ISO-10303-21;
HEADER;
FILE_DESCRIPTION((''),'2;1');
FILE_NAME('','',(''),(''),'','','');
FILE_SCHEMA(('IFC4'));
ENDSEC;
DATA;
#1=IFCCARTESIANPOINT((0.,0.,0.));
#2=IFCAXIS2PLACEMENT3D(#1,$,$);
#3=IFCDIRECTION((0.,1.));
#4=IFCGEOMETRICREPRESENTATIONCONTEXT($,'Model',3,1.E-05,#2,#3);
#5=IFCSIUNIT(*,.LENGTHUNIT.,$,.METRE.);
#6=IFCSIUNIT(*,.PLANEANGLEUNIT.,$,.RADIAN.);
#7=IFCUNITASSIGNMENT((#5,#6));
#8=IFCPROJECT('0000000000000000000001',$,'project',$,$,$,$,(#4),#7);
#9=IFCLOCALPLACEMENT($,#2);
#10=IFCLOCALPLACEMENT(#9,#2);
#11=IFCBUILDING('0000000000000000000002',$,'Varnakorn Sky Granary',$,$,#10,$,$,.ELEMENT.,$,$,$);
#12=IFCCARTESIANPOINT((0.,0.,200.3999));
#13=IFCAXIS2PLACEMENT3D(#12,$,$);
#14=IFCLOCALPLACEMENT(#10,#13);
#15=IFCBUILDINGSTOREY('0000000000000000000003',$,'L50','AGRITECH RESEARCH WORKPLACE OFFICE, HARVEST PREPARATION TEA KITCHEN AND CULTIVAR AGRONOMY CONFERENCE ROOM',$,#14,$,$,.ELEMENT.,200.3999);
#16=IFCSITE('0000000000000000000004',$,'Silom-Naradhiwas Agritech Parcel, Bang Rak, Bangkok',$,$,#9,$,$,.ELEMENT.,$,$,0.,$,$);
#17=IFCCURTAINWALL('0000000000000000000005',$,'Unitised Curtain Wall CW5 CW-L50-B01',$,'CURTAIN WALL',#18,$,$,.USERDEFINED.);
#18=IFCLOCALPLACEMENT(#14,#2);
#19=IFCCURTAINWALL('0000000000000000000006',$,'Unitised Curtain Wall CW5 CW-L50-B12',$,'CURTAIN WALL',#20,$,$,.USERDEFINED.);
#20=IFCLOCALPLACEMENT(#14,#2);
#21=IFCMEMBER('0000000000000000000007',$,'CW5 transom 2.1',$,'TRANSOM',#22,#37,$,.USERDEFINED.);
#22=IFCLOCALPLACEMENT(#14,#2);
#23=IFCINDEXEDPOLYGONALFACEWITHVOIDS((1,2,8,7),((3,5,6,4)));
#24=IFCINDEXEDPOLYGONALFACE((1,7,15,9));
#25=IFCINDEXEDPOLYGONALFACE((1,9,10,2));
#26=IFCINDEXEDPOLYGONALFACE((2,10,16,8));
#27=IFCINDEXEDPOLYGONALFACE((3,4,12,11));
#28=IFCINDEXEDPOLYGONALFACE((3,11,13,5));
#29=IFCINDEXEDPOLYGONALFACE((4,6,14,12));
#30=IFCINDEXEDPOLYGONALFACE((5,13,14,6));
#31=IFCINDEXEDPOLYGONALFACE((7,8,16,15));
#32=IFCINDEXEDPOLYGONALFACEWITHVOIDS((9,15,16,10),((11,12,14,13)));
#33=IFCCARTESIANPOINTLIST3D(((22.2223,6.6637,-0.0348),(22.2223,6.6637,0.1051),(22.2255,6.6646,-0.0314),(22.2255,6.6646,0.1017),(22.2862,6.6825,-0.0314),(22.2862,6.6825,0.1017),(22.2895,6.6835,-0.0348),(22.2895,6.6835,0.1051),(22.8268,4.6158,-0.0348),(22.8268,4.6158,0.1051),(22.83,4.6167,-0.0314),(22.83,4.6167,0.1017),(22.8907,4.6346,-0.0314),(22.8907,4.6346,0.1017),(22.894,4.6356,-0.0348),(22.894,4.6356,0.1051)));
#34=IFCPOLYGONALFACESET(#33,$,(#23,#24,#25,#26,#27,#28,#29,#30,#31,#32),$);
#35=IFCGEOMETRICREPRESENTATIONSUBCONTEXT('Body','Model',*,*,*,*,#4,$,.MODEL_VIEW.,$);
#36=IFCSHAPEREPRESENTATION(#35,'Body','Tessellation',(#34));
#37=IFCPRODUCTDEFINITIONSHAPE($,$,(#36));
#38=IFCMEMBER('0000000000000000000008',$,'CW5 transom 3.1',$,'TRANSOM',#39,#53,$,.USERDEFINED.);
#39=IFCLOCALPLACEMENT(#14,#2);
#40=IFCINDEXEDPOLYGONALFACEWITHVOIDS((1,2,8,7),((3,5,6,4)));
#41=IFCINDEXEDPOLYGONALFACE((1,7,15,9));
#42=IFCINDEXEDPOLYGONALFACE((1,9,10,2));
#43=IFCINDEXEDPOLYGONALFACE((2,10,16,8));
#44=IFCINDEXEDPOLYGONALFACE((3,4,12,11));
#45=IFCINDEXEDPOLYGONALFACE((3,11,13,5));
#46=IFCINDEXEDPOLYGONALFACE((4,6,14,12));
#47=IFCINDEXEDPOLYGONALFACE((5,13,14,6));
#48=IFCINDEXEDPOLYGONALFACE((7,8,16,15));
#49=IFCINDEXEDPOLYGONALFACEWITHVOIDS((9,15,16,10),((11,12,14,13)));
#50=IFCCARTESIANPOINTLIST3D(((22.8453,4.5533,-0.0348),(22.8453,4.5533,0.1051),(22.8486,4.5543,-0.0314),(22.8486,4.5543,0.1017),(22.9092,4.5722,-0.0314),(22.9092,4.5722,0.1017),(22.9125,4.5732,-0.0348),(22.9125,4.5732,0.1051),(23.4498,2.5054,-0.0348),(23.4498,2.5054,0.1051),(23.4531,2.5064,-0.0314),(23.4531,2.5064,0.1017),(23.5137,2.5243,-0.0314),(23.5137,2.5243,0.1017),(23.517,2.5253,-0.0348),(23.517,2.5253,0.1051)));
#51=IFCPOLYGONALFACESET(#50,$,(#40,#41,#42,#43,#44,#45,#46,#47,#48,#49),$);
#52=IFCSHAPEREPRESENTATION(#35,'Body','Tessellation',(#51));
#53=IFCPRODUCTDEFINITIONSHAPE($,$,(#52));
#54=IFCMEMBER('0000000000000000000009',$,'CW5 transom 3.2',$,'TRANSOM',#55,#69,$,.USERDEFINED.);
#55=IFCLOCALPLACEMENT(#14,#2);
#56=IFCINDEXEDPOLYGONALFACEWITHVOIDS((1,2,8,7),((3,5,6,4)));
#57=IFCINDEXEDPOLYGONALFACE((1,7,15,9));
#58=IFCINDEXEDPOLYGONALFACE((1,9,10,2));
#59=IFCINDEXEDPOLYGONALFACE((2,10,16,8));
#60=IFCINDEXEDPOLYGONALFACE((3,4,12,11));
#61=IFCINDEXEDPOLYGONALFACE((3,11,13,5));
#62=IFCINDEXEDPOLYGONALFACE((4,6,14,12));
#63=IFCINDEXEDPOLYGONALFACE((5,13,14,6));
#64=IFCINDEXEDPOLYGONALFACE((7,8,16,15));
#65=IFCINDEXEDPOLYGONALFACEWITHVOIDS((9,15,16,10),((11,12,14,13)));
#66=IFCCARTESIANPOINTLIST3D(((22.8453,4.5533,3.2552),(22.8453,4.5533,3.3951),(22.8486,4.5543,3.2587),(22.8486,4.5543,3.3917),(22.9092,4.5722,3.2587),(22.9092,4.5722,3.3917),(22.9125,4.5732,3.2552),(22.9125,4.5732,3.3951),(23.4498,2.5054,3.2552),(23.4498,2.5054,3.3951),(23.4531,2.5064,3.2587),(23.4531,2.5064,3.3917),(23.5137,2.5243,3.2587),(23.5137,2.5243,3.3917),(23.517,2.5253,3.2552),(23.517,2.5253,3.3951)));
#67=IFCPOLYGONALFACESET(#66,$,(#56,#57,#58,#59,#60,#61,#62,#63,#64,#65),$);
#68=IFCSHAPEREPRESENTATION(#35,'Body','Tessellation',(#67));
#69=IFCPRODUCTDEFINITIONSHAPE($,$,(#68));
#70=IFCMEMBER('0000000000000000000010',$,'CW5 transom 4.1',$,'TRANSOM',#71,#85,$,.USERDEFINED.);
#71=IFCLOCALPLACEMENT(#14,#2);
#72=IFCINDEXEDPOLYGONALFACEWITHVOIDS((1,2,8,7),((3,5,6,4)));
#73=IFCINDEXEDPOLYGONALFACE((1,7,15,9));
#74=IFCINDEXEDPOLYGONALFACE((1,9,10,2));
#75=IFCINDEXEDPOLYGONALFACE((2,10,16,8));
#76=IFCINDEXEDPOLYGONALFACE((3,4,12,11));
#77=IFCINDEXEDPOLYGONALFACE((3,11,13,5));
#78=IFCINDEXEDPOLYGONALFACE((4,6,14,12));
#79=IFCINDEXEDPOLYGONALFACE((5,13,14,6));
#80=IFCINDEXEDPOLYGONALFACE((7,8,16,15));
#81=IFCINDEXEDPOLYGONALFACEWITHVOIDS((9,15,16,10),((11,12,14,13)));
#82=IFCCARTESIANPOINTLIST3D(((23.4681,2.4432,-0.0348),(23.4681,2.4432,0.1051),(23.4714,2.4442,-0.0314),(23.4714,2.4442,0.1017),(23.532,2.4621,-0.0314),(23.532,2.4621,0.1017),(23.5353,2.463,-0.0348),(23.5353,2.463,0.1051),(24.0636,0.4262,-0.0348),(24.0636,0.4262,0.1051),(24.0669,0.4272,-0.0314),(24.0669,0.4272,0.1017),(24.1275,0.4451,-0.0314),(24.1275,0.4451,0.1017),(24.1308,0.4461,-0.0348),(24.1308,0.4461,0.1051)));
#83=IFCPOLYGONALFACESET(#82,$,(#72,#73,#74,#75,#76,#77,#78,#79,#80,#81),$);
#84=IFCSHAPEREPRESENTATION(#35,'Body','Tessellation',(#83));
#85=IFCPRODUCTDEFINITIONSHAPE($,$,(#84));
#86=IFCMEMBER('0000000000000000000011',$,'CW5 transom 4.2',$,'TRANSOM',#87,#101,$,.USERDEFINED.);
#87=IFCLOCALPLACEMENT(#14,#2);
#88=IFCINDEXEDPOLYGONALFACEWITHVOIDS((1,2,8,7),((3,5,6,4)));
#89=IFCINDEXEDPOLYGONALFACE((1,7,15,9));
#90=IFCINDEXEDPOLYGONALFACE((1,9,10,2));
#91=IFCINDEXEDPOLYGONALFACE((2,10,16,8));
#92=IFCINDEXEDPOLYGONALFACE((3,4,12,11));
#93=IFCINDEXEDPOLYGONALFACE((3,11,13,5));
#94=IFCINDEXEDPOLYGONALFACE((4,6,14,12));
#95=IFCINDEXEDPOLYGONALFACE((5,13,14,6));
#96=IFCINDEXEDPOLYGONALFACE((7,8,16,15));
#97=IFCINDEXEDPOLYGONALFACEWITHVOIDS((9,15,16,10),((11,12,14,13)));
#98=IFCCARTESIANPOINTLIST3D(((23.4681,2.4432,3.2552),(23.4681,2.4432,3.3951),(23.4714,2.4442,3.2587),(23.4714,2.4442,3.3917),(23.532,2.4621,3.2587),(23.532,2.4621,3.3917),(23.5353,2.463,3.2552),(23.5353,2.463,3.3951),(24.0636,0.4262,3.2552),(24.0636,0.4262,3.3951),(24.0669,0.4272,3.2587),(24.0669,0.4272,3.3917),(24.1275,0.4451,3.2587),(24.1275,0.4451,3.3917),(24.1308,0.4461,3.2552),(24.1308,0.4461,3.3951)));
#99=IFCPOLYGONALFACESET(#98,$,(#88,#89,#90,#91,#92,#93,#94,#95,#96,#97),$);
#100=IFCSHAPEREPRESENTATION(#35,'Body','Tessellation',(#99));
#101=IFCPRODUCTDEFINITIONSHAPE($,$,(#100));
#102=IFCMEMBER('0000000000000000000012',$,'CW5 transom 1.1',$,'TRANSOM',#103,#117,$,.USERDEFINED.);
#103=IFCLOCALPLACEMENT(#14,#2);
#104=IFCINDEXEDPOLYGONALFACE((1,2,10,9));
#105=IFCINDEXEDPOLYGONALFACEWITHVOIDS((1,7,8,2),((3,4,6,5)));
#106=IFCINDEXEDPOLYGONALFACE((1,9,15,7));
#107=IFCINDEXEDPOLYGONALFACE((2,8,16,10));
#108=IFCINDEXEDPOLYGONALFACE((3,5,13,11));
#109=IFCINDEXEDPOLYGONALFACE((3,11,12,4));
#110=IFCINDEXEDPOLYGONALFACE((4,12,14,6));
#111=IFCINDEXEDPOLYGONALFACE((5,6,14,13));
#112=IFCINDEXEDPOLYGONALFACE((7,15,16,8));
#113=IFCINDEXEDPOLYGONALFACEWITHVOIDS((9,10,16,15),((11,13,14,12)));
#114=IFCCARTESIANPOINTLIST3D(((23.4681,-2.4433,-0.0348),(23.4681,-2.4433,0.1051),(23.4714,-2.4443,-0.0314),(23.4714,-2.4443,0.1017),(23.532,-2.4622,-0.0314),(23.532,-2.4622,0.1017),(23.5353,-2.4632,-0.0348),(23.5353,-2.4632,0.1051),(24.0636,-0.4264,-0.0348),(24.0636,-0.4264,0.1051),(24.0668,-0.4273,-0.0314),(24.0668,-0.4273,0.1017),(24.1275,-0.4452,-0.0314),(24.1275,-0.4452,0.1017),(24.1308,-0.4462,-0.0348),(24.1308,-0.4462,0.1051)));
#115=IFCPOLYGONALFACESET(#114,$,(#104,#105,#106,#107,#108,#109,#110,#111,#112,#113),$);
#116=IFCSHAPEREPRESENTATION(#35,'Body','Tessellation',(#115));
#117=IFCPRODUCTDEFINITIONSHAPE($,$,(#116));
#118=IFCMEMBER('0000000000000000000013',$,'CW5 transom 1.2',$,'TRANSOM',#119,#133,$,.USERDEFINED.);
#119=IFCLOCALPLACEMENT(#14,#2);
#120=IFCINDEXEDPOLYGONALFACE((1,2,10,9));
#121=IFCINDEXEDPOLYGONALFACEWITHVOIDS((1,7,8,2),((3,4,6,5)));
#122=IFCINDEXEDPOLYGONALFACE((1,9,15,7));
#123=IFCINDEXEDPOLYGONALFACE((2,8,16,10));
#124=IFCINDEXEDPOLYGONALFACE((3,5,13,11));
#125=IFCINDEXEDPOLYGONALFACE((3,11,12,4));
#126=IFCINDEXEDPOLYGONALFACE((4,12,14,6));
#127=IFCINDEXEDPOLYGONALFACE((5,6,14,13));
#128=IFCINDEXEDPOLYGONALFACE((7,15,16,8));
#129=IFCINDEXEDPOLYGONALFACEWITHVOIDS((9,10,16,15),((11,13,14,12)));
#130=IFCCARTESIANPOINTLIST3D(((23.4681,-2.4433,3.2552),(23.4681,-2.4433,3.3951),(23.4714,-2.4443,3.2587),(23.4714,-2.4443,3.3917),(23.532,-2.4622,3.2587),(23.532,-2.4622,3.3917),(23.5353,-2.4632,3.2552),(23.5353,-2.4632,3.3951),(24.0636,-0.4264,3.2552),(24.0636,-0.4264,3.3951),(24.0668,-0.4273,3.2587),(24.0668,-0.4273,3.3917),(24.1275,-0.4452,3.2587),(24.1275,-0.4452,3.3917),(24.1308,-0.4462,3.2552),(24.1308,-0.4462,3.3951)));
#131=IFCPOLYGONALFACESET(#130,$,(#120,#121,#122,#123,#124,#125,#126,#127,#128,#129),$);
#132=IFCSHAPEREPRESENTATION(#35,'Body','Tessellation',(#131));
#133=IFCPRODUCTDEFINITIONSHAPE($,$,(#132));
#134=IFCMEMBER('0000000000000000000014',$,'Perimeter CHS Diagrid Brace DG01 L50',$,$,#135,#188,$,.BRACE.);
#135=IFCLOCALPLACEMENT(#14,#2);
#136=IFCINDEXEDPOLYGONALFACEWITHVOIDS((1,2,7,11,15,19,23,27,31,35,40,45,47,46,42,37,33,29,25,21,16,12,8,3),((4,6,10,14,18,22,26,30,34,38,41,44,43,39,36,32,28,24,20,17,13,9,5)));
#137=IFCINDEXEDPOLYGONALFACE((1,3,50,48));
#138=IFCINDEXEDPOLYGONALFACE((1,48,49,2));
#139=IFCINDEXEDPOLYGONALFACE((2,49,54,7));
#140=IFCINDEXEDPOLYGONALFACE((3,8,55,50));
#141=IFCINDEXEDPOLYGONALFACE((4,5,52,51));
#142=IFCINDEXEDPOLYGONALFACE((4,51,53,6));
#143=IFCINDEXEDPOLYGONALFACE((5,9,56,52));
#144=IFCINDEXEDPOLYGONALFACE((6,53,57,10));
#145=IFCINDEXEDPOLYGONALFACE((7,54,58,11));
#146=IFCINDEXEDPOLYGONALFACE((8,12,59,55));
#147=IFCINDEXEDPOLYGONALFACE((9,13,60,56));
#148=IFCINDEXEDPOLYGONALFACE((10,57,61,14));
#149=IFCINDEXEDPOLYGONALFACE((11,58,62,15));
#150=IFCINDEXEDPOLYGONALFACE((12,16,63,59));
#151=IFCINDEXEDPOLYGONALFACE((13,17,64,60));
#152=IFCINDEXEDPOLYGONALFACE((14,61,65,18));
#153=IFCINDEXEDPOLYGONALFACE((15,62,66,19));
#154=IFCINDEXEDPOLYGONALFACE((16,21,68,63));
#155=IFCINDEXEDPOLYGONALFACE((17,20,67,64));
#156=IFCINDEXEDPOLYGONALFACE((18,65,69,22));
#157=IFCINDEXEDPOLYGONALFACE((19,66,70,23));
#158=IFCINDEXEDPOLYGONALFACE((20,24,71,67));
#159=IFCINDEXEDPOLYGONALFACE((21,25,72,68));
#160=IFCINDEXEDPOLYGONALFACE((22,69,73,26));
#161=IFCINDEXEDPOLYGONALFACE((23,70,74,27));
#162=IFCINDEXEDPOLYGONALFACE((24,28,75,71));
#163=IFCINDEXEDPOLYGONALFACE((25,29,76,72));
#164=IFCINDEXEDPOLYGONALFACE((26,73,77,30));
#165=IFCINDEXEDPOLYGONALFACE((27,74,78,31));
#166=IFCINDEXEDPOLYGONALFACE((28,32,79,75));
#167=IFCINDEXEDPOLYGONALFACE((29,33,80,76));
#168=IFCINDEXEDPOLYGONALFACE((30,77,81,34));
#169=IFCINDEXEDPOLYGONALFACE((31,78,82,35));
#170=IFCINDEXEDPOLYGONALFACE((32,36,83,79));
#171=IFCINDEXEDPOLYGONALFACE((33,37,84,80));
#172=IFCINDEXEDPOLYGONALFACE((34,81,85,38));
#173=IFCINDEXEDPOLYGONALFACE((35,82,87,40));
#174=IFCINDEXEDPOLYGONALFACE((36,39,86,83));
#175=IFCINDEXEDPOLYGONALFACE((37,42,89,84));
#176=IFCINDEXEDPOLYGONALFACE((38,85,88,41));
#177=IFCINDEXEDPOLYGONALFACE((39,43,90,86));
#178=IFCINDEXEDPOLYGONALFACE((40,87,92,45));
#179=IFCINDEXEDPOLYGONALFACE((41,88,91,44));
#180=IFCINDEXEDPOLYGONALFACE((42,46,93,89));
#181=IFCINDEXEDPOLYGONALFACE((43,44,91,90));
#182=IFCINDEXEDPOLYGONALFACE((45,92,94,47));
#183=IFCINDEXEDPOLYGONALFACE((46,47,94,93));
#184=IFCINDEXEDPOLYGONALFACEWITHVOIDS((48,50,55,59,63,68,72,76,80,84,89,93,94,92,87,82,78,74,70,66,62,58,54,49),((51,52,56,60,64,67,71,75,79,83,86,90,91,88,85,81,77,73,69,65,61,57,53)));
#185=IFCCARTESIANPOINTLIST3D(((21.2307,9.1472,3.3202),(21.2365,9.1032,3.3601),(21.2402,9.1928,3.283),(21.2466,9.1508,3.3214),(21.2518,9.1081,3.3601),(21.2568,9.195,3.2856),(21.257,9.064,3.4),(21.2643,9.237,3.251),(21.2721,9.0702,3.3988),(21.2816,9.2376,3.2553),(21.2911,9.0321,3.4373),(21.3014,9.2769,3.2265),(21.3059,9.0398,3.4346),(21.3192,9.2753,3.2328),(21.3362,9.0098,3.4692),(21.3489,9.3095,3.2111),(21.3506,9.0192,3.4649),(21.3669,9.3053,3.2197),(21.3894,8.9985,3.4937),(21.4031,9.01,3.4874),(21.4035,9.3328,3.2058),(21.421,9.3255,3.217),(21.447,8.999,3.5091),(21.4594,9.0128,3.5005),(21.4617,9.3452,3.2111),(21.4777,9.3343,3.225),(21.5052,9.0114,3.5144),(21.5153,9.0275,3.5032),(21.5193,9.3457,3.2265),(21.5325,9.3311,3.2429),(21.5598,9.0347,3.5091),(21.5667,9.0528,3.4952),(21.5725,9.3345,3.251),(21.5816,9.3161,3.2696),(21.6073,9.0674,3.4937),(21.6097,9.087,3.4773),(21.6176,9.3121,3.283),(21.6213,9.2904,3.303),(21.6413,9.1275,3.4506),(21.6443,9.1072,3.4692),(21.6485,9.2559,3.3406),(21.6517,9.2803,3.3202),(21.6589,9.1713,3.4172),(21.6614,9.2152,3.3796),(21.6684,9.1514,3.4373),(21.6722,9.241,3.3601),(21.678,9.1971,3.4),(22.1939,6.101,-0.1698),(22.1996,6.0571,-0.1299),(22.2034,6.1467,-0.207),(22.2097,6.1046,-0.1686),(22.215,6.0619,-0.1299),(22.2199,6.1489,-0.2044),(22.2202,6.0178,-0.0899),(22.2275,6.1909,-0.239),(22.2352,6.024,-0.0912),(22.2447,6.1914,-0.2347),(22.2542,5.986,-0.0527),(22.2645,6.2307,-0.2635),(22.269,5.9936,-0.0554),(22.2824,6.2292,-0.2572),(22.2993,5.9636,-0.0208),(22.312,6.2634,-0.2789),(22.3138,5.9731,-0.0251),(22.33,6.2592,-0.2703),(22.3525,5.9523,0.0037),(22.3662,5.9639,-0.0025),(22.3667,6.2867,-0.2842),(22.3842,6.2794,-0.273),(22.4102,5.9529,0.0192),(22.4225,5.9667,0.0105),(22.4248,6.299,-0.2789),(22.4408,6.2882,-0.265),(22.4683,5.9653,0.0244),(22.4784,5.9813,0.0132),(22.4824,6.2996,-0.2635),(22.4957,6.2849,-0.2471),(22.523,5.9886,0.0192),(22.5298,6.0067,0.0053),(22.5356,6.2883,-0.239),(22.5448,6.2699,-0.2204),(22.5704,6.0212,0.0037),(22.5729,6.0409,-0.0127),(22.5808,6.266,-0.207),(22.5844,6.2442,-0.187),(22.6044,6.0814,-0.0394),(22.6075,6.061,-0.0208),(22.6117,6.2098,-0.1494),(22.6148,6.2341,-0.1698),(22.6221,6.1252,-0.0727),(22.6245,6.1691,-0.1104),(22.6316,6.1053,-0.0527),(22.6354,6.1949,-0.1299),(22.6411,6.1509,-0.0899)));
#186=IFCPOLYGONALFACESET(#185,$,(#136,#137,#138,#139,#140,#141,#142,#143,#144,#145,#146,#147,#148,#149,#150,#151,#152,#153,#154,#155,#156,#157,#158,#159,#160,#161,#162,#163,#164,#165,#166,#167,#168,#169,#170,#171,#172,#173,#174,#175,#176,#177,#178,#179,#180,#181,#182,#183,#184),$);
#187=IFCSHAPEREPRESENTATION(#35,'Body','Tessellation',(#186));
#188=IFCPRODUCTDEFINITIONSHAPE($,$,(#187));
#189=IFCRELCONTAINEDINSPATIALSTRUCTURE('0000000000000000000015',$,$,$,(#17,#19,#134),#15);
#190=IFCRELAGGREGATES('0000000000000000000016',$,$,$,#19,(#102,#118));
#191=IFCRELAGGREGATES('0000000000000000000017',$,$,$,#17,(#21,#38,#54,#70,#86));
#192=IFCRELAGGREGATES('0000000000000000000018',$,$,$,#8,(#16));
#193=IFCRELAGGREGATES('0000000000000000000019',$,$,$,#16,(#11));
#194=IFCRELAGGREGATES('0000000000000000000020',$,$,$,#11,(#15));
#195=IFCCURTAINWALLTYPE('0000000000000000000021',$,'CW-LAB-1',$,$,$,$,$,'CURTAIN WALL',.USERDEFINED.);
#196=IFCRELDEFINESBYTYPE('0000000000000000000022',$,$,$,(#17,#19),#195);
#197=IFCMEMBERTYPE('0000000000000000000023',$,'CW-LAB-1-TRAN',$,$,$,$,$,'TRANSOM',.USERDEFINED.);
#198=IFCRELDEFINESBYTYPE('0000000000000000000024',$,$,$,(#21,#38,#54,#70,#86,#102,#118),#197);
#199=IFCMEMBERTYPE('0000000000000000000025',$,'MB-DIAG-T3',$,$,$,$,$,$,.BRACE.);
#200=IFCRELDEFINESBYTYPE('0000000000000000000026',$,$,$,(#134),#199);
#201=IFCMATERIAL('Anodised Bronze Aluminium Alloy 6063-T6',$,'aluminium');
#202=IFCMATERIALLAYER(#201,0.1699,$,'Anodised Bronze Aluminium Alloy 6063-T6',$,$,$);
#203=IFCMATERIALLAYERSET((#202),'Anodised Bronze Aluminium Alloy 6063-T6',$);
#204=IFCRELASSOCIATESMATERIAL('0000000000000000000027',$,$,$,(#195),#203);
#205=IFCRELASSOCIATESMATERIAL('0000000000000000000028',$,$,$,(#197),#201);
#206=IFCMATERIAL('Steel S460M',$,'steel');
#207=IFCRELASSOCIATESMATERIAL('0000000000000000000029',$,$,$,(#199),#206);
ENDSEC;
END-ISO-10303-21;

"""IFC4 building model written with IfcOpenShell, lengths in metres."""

from ifc_helpers import new_model, si_unit, direction, frame, origin, origin_2d, place, context, subcontext, project, spatial, hollow_rectangle, hollow_circle, extrude, material, layer, layer_set, material_profile, profile_set, type_object, element, aggregate, save


model = new_model("IFC4")

# Units and contexts
model_context = context("Model", 3, precision=1e-05, world=origin(), true_north=direction((0.0, 1.0)))
body_context = subcontext(model_context, "Body", "Model", "MODEL_VIEW")
ifc_project = project(units=[si_unit("LENGTHUNIT", "METRE"), si_unit("PLANEANGLEUNIT", "RADIAN")], contexts=[model_context])

# Site, building, storey
site_placement = place(None, origin())
site = spatial("IfcSite", under=ifc_project, at=site_placement, Name="Silom-Naradhiwas Agritech Parcel, Bang Rak, Bangkok", CompositionType="ELEMENT", RefElevation=0.0)
building_placement = place(site_placement, origin())
building = spatial("IfcBuilding", under=site, at=building_placement, Name="Varnakorn Sky Granary", CompositionType="ELEMENT")
storey_placement = place(building_placement, frame((0.0, 0.0, 200.3999)))
storey = spatial("IfcBuildingStorey", under=building, at=storey_placement, Name="L50", Description="AGRITECH RESEARCH WORKPLACE OFFICE, HARVEST PREPARATION TEA KITCHEN AND CULTIVAR AGRONOMY CONFERENCE ROOM", CompositionType="ELEMENT", Elevation=200.3999)

# Shared definitions
ifc_material_1 = material(Name="Steel S460M", Category="steel")

# Curtain wall
ifc_material_2 = material(Name="Anodised Bronze Aluminium Alloy 6063-T6", Category="aluminium")
ifc_layer_1 = layer(ifc_material_2, 0.1699, Name="Anodised Bronze Aluminium Alloy 6063-T6")
ifc_layer_set_1 = layer_set([ifc_layer_1], Name="Anodised Bronze Aluminium Alloy 6063-T6")
curtain_wall_type = type_object("IfcCurtainWallType", Name="CW-LAB-1", ElementType="CURTAIN WALL", PredefinedType="USERDEFINED", material=ifc_layer_set_1)
curtain_wall_1_placement = place(storey_placement, origin())
curtain_wall_1 = element("IfcCurtainWall", 1, at=curtain_wall_1_placement, inside=storey, type_object=curtain_wall_type, Name="Unitised Curtain Wall CW5 CW-L50-B01", ObjectType="CURTAIN WALL", PredefinedType="USERDEFINED")

# Curtain wall
curtain_wall_2_placement = place(storey_placement, origin())
curtain_wall_2 = element("IfcCurtainWall", 2, at=curtain_wall_2_placement, inside=storey, type_object=curtain_wall_type, Name="Unitised Curtain Wall CW5 CW-L50-B12", ObjectType="CURTAIN WALL", PredefinedType="USERDEFINED")

# Members
ifc_material_profile_1 = material_profile(ifc_material_2, hollow_rectangle(XDim=0.0701, YDim=0.1399, WallThickness=0.0034, at=origin_2d()), Name="ALU TRAN 70x140")
ifc_profile_set_1 = profile_set([ifc_material_profile_1], Name="Anodised Bronze Aluminium Alloy 6063-T6")
member_type_1 = type_object("IfcMemberType", Name="CW-LAB-1-TRAN", ElementType="TRANSOM", PredefinedType="USERDEFINED", material=ifc_profile_set_1)
member_1_placement = place(storey_placement, frame((22.2559, 6.6736, 0.0352), z_axis=(0.283107, -0.959088, 0.0), x_axis=(0.959088, 0.283107, 0.0)))
member_1 = element("IfcMember", 3, at=member_1_placement, type_object=member_type_1, Name="CW5 transom 2.1", ObjectType="TRANSOM", PredefinedType="USERDEFINED", context=body_context, shape_type="SweptSolid", body=[
    extrude(hollow_rectangle(XDim=0.0701, YDim=0.1399, WallThickness=0.0034, at=origin_2d()), origin(), (0.0, 0.0, 1.0), 2.1353),
])
member_2_placement = place(storey_placement, frame((22.8789, 4.5632, 0.0352), z_axis=(0.283107, -0.959088, 0.0), x_axis=(0.959088, 0.283107, 0.0)))
member_2 = element("IfcMember", 4, at=member_2_placement, type_object=member_type_1, Name="CW5 transom 3.1", ObjectType="TRANSOM", PredefinedType="USERDEFINED", context=body_context, shape_type="SweptSolid", body=[
    extrude(hollow_rectangle(XDim=0.0701, YDim=0.1399, WallThickness=0.0034, at=origin_2d()), origin(), (0.0, 0.0, 1.0), 2.1353),
])
member_3_placement = place(storey_placement, frame((22.8789, 4.5632, 3.3252), z_axis=(0.283107, -0.959088, 0.0), x_axis=(0.959088, 0.283107, 0.0)))
member_3 = element("IfcMember", 5, at=member_3_placement, type_object=member_type_1, Name="CW5 transom 3.2", ObjectType="TRANSOM", PredefinedType="USERDEFINED", context=body_context, shape_type="SweptSolid", body=[
    extrude(hollow_rectangle(XDim=0.0701, YDim=0.1399, WallThickness=0.0034, at=origin_2d()), origin(), (0.0, 0.0, 1.0), 2.1353),
])
member_4_placement = place(storey_placement, frame((23.5017, 2.4531, 0.0352), z_axis=(0.283159, -0.959073, 0.0), x_axis=(0.959073, 0.283159, 0.0)))
member_4 = element("IfcMember", 6, at=member_4_placement, type_object=member_type_1, Name="CW5 transom 4.1", ObjectType="TRANSOM", PredefinedType="USERDEFINED", context=body_context, shape_type="SweptSolid", body=[
    extrude(hollow_rectangle(XDim=0.0701, YDim=0.1399, WallThickness=0.0034, at=origin_2d()), origin(), (0.0, 0.0, 1.0), 2.103),
])
member_5_placement = place(storey_placement, frame((23.5017, 2.4531, 3.3252), z_axis=(0.283159, -0.959073, 0.0), x_axis=(0.959073, 0.283159, 0.0)))
member_5 = element("IfcMember", 7, at=member_5_placement, type_object=member_type_1, Name="CW5 transom 4.2", ObjectType="TRANSOM", PredefinedType="USERDEFINED", context=body_context, shape_type="SweptSolid", body=[
    extrude(hollow_rectangle(XDim=0.0701, YDim=0.1399, WallThickness=0.0034, at=origin_2d()), origin(), (0.0, 0.0, 1.0), 2.103),
])
member_6_placement = place(storey_placement, frame((24.0972, -0.4363, 0.0352), z_axis=(-0.283159, -0.959073, 0.0), x_axis=(0.959073, -0.283159, 0.0)))
member_6 = element("IfcMember", 8, at=member_6_placement, type_object=member_type_1, Name="CW5 transom 1.1", ObjectType="TRANSOM", PredefinedType="USERDEFINED", context=body_context, shape_type="SweptSolid", body=[
    extrude(hollow_rectangle(XDim=0.0701, YDim=0.1399, WallThickness=0.0034, at=origin_2d()), origin(), (0.0, 0.0, 1.0), 2.103),
])
member_7_placement = place(storey_placement, frame((24.0972, -0.4363, 3.3252), z_axis=(-0.283159, -0.959073, 0.0), x_axis=(0.959073, -0.283159, 0.0)))
member_7 = element("IfcMember", 9, at=member_7_placement, type_object=member_type_1, Name="CW5 transom 1.2", ObjectType="TRANSOM", PredefinedType="USERDEFINED", context=body_context, shape_type="SweptSolid", body=[
    extrude(hollow_rectangle(XDim=0.0701, YDim=0.1399, WallThickness=0.0034, at=origin_2d()), origin(), (0.0, 0.0, 1.0), 2.103),
])
ifc_material_profile_2 = material_profile(ifc_material_1, hollow_circle(Radius=0.2285, WallThickness=0.0161, at=origin_2d()), Name="CHS 457x16")
ifc_profile_set_2 = profile_set([ifc_material_profile_2], Name="Steel S460M")
member_type_2 = type_object("IfcMemberType", Name="MB-DIAG-T3", PredefinedType="BRACE", material=ifc_profile_set_2)
member_8_placement = place(storey_placement, frame((22.4175, 6.126, -0.1299), z_axis=(-0.20356, 0.643807, 0.737615), x_axis=(-0.953475, -0.301471, 0.0)))
element("IfcMember", 10, at=member_8_placement, inside=storey, type_object=member_type_2, Name="Perimeter CHS Diagrid Brace DG01 L50", PredefinedType="BRACE", context=body_context, shape_type="SweptSolid", body=[
    extrude(hollow_circle(Radius=0.2285, WallThickness=0.0161, at=origin_2d()), origin(), (0.0, 0.0, 1.0), 4.7314),
])

aggregate(curtain_wall_2, [member_6, member_7])
aggregate(curtain_wall_1, [member_1, member_2, member_3, member_4, member_5])

save(model, "model.ifc")
